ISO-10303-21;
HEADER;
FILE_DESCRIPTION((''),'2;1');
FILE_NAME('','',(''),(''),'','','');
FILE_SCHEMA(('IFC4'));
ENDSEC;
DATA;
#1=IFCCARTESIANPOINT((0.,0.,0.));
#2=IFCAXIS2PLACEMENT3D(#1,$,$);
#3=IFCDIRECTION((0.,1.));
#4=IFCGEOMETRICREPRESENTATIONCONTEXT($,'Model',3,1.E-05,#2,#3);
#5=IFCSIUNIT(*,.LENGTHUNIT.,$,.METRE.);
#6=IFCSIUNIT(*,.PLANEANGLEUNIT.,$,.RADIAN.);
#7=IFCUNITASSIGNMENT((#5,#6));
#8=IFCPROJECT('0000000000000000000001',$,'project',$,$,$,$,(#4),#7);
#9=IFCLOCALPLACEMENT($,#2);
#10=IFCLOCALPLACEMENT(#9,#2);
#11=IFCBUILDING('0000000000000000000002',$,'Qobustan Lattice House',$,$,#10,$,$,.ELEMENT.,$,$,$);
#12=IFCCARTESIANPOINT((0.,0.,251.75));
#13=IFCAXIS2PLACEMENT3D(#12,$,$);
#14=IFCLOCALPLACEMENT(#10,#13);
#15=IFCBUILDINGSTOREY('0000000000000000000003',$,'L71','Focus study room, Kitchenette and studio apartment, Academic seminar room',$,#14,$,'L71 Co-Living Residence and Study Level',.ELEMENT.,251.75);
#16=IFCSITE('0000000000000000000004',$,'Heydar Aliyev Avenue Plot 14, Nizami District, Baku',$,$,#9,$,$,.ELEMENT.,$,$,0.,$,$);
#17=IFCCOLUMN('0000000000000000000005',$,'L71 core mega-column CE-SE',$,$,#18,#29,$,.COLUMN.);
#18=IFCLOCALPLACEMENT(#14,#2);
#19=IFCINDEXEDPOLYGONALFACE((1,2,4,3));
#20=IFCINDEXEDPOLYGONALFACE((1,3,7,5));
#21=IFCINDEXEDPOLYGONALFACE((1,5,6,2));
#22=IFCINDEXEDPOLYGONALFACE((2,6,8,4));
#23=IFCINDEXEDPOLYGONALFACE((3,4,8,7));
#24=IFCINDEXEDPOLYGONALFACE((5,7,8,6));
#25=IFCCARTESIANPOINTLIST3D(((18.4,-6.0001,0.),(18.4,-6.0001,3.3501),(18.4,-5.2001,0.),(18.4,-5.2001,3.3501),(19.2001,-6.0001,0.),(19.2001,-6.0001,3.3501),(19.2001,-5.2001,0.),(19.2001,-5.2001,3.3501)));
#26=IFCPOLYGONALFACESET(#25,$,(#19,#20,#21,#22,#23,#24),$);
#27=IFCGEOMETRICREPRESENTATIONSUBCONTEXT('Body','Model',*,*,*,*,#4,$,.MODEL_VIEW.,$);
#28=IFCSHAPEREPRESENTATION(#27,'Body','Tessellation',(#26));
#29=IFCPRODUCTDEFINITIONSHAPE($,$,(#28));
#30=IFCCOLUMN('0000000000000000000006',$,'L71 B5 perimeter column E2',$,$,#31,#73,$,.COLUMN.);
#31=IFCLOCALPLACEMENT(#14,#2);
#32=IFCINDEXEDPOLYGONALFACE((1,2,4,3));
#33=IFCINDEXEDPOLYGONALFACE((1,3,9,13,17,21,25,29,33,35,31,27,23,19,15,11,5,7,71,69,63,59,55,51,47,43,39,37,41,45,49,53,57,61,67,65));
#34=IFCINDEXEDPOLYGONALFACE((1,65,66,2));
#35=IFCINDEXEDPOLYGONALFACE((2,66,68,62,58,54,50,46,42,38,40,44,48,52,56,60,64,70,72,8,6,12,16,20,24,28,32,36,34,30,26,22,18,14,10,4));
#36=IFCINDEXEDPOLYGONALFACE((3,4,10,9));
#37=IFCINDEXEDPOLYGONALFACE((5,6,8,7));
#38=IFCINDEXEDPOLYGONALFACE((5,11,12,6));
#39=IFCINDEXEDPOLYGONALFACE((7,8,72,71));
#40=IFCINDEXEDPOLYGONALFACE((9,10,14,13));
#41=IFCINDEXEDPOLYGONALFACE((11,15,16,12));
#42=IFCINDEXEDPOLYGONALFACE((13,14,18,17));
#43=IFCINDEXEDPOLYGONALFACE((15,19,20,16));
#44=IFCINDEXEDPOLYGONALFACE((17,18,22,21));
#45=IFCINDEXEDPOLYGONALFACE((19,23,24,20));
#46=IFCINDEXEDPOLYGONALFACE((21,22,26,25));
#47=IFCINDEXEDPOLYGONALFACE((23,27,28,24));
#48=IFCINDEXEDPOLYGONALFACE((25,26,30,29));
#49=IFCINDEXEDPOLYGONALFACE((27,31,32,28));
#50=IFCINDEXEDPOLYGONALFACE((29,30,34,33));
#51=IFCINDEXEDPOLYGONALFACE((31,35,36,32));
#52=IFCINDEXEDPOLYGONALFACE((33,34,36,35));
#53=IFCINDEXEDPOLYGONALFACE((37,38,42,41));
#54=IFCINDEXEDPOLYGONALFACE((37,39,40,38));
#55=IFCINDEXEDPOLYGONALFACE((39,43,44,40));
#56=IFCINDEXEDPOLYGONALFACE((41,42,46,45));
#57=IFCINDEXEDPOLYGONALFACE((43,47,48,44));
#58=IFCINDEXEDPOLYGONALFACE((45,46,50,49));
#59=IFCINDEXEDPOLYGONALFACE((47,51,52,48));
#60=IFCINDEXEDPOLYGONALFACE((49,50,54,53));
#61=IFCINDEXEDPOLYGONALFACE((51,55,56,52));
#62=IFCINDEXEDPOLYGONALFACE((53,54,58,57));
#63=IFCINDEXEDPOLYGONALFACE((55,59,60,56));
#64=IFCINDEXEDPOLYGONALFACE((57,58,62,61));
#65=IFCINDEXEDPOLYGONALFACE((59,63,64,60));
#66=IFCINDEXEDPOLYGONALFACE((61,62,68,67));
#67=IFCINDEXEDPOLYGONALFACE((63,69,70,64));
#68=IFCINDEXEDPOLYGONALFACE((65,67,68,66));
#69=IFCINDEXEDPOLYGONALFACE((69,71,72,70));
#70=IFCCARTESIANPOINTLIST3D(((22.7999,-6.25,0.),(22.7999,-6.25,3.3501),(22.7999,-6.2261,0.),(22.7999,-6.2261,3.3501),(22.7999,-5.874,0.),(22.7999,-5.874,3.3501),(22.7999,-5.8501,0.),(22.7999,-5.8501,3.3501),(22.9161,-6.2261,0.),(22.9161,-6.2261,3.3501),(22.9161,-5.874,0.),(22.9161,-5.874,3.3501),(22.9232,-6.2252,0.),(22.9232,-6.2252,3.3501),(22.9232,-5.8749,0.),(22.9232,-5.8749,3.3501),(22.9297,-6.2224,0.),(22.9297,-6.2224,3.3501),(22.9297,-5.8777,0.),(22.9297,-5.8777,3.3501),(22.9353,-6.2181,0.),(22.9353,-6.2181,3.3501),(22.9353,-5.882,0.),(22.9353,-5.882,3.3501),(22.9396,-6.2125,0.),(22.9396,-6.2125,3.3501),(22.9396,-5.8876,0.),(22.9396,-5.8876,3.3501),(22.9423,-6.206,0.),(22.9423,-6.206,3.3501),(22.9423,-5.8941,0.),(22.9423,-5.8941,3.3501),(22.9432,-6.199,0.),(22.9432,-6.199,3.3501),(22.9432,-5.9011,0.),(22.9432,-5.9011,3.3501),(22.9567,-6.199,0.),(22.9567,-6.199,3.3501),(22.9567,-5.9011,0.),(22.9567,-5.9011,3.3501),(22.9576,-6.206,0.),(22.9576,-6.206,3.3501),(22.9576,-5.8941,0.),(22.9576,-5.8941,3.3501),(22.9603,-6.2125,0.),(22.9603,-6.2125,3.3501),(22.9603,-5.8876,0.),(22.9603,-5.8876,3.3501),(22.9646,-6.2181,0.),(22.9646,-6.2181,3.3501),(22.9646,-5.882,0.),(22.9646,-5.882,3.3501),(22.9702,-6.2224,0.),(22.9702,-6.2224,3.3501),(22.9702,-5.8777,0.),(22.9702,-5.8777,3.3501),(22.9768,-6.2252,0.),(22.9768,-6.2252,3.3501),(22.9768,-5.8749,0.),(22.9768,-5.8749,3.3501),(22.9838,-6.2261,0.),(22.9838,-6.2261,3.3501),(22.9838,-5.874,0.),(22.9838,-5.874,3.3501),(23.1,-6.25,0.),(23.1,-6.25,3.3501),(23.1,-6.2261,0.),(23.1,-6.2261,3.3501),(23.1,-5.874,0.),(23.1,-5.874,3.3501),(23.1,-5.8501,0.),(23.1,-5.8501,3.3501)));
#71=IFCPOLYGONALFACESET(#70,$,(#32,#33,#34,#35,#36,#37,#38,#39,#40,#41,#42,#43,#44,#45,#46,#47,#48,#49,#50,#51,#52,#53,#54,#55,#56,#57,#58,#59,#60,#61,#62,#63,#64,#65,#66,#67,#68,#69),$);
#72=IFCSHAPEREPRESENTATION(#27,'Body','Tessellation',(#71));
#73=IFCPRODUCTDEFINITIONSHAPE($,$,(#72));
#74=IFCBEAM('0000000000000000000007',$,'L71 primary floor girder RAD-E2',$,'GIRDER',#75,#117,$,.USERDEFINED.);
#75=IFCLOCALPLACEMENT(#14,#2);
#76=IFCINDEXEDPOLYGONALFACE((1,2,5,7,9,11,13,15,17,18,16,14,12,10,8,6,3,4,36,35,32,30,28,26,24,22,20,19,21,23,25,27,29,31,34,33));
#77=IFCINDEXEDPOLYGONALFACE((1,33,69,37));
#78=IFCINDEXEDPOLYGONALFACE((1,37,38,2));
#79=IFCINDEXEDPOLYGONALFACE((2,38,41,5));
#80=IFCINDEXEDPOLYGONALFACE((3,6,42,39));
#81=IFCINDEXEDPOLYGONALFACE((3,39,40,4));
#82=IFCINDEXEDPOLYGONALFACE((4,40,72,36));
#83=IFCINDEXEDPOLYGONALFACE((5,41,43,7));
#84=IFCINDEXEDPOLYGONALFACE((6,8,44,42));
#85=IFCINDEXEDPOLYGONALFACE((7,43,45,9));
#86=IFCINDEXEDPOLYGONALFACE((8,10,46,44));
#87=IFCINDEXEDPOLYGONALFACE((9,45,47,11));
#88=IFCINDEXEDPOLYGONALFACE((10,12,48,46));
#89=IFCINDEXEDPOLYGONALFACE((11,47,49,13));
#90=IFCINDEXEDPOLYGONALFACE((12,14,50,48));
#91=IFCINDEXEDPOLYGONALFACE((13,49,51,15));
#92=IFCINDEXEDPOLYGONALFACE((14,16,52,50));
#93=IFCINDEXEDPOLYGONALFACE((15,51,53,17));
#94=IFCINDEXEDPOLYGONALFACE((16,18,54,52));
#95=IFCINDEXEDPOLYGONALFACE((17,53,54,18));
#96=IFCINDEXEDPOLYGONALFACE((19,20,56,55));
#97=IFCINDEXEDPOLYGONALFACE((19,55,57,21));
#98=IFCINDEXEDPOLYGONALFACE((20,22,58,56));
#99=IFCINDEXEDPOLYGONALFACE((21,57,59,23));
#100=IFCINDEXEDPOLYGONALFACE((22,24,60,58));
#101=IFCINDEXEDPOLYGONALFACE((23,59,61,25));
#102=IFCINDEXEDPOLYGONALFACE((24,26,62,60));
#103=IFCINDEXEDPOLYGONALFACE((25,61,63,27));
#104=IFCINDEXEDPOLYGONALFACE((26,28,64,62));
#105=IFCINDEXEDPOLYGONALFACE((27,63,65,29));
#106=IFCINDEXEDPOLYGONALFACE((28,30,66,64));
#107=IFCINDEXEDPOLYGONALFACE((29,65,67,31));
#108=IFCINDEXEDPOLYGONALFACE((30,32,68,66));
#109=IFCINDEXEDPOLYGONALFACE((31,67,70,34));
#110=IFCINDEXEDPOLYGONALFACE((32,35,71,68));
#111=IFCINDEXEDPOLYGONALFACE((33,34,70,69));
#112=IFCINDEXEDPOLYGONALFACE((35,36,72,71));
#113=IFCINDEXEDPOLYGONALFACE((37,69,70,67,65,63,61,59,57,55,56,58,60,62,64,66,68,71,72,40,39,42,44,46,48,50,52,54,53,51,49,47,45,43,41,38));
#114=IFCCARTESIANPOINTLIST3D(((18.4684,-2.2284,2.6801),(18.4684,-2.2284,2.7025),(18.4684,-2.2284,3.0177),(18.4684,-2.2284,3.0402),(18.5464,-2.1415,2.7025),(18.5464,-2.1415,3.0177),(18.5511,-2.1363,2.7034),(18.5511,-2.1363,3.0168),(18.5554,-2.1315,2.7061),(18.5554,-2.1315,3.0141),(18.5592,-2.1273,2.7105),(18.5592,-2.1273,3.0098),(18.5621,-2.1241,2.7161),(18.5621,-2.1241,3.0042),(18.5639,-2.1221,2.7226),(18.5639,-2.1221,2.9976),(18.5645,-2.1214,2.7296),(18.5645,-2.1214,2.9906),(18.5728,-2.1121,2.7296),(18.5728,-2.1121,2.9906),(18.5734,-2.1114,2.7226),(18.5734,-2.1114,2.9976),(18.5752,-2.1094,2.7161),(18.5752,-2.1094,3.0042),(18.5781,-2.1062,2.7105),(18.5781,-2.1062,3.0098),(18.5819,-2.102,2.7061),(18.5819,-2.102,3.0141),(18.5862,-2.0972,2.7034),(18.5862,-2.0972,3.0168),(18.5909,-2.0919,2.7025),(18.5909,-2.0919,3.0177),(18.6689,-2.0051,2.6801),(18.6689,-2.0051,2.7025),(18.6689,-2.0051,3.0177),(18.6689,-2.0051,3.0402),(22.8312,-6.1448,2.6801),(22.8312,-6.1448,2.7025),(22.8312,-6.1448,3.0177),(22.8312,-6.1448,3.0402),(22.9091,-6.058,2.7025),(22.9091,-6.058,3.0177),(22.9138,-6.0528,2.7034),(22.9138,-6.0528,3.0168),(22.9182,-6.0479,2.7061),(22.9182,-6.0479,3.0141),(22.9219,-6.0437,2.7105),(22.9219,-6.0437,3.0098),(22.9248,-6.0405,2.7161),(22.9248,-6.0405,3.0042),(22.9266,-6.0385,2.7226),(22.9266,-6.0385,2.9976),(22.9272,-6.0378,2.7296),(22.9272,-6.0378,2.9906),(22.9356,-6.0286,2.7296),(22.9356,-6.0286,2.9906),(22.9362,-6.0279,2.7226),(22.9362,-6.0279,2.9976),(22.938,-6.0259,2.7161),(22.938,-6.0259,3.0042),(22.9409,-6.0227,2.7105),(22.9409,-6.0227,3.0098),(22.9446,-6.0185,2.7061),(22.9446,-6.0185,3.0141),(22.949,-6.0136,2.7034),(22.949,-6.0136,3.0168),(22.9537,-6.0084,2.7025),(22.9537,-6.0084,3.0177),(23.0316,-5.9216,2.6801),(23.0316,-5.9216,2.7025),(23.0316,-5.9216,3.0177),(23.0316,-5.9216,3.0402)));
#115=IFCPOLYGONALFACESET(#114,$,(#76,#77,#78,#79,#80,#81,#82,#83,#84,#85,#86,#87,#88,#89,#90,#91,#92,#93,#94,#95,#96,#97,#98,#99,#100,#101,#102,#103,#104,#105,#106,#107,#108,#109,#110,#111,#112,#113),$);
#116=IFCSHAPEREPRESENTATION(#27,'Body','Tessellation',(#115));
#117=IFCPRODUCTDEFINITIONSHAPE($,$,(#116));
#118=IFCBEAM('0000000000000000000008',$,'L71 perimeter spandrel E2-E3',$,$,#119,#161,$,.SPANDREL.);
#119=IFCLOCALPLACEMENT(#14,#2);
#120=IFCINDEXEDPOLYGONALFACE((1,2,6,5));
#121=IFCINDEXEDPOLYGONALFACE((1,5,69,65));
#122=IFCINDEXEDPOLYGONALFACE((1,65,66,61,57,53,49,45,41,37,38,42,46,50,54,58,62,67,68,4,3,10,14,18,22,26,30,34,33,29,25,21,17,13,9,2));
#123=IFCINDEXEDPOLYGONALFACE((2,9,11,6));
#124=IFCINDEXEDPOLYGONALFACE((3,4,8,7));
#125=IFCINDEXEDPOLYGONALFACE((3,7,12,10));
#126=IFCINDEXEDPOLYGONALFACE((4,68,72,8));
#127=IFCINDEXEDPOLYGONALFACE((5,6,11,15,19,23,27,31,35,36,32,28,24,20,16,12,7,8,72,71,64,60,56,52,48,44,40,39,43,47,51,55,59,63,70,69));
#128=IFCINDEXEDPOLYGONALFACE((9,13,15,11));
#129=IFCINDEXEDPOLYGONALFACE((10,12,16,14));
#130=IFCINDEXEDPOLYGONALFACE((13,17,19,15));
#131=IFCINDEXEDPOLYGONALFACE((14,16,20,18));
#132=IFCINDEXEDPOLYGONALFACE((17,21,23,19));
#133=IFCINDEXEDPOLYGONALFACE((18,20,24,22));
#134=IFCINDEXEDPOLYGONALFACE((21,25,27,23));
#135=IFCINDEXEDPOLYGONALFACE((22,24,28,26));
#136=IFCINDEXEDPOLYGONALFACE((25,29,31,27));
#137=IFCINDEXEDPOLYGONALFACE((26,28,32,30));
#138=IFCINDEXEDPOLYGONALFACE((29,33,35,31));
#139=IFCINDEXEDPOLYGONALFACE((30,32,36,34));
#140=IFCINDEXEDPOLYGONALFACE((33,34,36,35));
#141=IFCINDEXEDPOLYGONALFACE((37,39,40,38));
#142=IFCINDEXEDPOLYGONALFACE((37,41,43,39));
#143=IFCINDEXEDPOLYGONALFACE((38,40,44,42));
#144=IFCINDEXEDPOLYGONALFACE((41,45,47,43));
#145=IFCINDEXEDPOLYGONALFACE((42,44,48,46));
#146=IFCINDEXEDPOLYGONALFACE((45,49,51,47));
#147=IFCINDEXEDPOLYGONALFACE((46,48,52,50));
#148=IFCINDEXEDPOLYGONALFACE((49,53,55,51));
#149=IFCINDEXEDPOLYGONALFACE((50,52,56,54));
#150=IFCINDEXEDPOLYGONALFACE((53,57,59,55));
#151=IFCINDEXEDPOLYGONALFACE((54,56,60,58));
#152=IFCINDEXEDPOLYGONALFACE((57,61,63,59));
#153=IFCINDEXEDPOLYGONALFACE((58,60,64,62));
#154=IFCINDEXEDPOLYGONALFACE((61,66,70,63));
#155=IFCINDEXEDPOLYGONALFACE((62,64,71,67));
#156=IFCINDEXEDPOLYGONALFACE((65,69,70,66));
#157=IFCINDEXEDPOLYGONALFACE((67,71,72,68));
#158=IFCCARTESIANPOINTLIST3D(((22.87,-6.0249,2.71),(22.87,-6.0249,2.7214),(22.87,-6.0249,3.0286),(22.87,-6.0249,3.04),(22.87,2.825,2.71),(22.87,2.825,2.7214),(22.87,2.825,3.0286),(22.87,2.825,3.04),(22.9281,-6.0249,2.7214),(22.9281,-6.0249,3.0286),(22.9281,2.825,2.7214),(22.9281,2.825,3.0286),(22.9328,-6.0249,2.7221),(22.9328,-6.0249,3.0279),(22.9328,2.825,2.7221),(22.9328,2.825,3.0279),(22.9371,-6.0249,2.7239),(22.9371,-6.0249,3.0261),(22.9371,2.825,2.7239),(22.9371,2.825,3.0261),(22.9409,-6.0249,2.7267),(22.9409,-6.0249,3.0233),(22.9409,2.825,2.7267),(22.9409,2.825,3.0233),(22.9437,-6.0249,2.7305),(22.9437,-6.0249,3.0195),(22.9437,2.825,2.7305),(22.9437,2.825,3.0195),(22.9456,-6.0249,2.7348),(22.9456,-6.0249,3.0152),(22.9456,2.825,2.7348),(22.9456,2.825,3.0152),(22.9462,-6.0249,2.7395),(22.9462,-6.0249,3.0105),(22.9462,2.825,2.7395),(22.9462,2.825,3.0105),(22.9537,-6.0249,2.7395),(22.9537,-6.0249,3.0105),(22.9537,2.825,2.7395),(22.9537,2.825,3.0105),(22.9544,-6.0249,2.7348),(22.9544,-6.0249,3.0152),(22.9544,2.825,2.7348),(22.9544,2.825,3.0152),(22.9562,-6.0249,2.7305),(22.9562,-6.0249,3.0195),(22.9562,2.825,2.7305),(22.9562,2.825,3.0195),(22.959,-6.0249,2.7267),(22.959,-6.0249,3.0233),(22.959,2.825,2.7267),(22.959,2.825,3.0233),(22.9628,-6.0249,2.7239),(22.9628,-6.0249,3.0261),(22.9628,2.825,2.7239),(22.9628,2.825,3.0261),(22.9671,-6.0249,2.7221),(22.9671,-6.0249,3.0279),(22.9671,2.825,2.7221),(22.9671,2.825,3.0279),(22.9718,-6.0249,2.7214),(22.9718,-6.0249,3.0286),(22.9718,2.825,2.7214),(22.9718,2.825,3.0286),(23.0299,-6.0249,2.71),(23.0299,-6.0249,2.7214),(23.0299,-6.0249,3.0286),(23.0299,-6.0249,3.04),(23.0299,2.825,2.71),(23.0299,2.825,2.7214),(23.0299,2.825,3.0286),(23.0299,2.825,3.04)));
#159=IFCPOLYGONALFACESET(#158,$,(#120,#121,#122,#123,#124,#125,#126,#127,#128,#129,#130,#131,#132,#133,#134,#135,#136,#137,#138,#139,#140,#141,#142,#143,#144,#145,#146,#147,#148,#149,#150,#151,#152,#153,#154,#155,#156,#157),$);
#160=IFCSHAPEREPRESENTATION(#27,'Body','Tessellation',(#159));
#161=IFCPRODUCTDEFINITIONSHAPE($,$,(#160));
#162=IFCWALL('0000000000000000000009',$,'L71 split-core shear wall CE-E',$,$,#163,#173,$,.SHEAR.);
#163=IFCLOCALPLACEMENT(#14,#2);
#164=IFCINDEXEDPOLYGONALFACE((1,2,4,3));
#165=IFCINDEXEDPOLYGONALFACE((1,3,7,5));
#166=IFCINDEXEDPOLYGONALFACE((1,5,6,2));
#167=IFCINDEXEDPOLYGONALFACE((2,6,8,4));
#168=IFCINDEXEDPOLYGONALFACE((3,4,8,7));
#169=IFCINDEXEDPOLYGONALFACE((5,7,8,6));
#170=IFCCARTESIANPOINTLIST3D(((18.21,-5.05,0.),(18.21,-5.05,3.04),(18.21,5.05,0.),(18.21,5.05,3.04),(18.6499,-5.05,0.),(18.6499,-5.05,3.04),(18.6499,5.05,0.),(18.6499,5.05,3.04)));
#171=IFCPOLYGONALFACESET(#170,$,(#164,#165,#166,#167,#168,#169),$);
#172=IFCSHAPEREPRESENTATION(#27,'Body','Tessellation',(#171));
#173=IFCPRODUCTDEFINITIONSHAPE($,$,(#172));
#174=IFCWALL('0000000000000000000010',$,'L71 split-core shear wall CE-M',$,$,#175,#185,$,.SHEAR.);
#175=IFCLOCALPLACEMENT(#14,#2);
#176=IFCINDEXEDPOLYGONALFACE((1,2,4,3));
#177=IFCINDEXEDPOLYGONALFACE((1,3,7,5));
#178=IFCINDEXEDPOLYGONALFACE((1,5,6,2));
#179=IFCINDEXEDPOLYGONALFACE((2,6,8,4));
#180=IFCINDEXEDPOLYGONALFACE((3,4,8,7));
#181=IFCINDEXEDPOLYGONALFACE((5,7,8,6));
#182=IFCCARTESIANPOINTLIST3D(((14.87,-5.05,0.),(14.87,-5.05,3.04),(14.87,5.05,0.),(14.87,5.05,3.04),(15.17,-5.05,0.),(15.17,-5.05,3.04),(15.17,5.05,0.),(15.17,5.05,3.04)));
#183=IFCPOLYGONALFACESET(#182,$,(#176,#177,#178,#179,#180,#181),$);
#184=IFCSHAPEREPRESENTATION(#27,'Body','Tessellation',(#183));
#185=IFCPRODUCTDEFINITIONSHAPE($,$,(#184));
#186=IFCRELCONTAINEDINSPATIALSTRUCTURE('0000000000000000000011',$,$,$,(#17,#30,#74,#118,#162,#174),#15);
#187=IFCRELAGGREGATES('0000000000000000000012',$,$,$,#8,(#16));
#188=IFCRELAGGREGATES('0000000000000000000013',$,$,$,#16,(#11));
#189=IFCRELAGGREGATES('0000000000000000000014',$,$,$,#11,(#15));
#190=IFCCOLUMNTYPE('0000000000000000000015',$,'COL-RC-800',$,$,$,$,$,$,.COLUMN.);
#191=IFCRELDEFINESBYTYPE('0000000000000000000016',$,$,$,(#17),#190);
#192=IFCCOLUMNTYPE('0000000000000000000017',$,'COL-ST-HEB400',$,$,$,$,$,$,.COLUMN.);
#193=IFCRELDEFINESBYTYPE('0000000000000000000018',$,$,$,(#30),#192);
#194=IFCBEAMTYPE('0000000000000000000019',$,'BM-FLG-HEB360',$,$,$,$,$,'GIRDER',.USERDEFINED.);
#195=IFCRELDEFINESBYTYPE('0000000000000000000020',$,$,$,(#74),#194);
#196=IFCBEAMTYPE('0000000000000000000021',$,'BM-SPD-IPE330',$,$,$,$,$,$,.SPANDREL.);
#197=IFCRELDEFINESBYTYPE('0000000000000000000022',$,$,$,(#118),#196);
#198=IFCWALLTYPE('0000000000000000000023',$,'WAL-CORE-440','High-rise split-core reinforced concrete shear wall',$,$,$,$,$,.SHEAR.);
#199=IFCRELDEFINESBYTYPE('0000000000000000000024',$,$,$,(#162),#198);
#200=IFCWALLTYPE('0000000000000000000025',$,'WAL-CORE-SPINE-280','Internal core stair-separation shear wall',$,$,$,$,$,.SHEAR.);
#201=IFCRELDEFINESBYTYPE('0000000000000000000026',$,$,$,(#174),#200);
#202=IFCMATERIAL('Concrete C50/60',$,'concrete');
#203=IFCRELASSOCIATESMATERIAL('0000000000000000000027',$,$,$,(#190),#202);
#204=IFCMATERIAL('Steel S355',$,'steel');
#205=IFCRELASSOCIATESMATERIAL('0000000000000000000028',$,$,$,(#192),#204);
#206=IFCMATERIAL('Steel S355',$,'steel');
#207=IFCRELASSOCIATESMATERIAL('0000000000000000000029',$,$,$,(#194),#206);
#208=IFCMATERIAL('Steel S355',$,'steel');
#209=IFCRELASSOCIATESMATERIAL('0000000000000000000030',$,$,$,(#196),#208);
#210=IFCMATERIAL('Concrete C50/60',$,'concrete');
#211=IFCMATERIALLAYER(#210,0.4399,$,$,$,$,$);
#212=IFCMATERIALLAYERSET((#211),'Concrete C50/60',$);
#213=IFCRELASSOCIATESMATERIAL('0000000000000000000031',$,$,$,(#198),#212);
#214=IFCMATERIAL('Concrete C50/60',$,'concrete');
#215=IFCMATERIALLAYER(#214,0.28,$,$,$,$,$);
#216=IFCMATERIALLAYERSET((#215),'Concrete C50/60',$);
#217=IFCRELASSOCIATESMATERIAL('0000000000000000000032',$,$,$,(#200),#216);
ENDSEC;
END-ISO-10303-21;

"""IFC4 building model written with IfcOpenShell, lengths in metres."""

from ifc_helpers import new_model, si_unit, direction, frame, frame_2d, origin, origin_2d, place, context, subcontext, project, spatial, rectangle, i_section, extrude, material, layer, layer_set, material_profile, profile_set, type_object, element, save


model = new_model("IFC4")

# Units and contexts
model_context = context("Model", 3, precision=1e-05, world=origin(), true_north=direction((0.0, 1.0)))
body_context = subcontext(model_context, "Body", "Model", "MODEL_VIEW")
ifc_project = project(units=[si_unit("LENGTHUNIT", "METRE"), si_unit("PLANEANGLEUNIT", "RADIAN")], contexts=[model_context])

# Site, building, storey
site_placement = place(None, origin())
site = spatial("IfcSite", under=ifc_project, at=site_placement, Name="Heydar Aliyev Avenue Plot 14, Nizami District, Baku", CompositionType="ELEMENT", RefElevation=0.0)
building_placement = place(site_placement, origin())
building = spatial("IfcBuilding", under=site, at=building_placement, Name="Qobustan Lattice House", CompositionType="ELEMENT")
storey_placement = place(building_placement, frame((0.0, 0.0, 251.75)))
storey = spatial("IfcBuildingStorey", under=building, at=storey_placement, Name="L71", Description="Focus study room, Kitchenette and studio apartment, Academic seminar room", LongName="L71 Co-Living Residence and Study Level", CompositionType="ELEMENT", Elevation=251.75)

# Columns
ifc_material_1 = material(Name="Concrete C50/60", Category="concrete")
ifc_material_profile_1 = material_profile(ifc_material_1, rectangle(XDim=0.8, YDim=0.8, at=origin_2d()), Name="RC800x800")
ifc_profile_set_1 = profile_set([ifc_material_profile_1], Name="Concrete C50/60")
column_type_1 = type_object("IfcColumnType", Name="COL-RC-800", PredefinedType="COLUMN", material=ifc_profile_set_1)
column_1_placement = place(storey_placement, frame((18.8, -5.6001, 0.0), z_axis=(0.0, 0.0, 1.0), x_axis=(1.0, 0.0, 0.0)))
element("IfcColumn", 1, at=column_1_placement, inside=storey, type_object=column_type_1, Name="L71 core mega-column CE-SE", PredefinedType="COLUMN", context=body_context, shape_type="SweptSolid", body=[
    extrude(rectangle(XDim=0.8, YDim=0.8, at=origin_2d()), origin(), (0.0, 0.0, 1.0), 3.3501),
])
ifc_material_2 = material(Name="Steel S355", Category="steel")
ifc_material_profile_2 = material_profile(ifc_material_2, i_section(OverallWidth=0.3, OverallDepth=0.3999, WebThickness=0.0134, FlangeThickness=0.0239, FilletRadius=0.0271, at=origin_2d()), Name="HEB400")
ifc_profile_set_2 = profile_set([ifc_material_profile_2], Name="Steel S355")
column_type_2 = type_object("IfcColumnType", Name="COL-ST-HEB400", PredefinedType="COLUMN", material=ifc_profile_set_2)
column_2_placement = place(storey_placement, frame((22.95, -6.05, 0.0), z_axis=(0.0, 0.0, 1.0), x_axis=(1.0, 0.0, 0.0)))
element("IfcColumn", 2, at=column_2_placement, inside=storey, type_object=column_type_2, Name="L71 B5 perimeter column E2", PredefinedType="COLUMN", context=body_context, shape_type="SweptSolid", body=[
    extrude(i_section(OverallWidth=0.3, OverallDepth=0.3999, WebThickness=0.0134, FlangeThickness=0.0239, FilletRadius=0.0271, at=origin_2d()), origin(), (0.0, 0.0, 1.0), 3.3501),
])

# Beams
ifc_material_3 = material(Name="Steel S355", Category="steel")
ifc_material_profile_3 = material_profile(ifc_material_3, i_section(OverallWidth=0.3, OverallDepth=0.3601, WebThickness=0.0125, FlangeThickness=0.0225, FilletRadius=0.0271, at=origin_2d()), Name="HEB360")
ifc_profile_set_3 = profile_set([ifc_material_profile_3], Name="Steel S355")
beam_type_1 = type_object("IfcBeamType", Name="BM-FLG-HEB360", ElementType="GIRDER", PredefinedType="USERDEFINED", material=ifc_profile_set_3)
beam_1_placement = place(storey_placement, frame((22.9314, -6.0332, 2.8601), z_axis=(-0.744142, 0.668021, 0.0), x_axis=(-0.668021, -0.744142, 0.0)))
element("IfcBeam", 3, at=beam_1_placement, inside=storey, type_object=beam_type_1, Name="L71 primary floor girder RAD-E2", ObjectType="GIRDER", PredefinedType="USERDEFINED", context=body_context, shape_type="SweptSolid", body=[
    extrude(i_section(OverallWidth=0.3, OverallDepth=0.3601, WebThickness=0.0125, FlangeThickness=0.0225, FilletRadius=0.0271, at=origin_2d()), origin(), (0.0, 0.0, 1.0), 5.8628),
])
ifc_material_4 = material(Name="Steel S355", Category="steel")
ifc_material_profile_4 = material_profile(ifc_material_4, i_section(OverallWidth=0.1599, OverallDepth=0.3301, WebThickness=0.0076, FlangeThickness=0.0115, FilletRadius=0.0181, at=origin_2d()), Name="IPE330")
ifc_profile_set_4 = profile_set([ifc_material_profile_4], Name="Steel S355")
beam_type_2 = type_object("IfcBeamType", Name="BM-SPD-IPE330", PredefinedType="SPANDREL", material=ifc_profile_set_4)
beam_2_placement = place(storey_placement, frame((22.95, -6.0249, 2.875), z_axis=(0.0, 1.0, 0.0), x_axis=(-1.0, 0.0, 0.0)))
element("IfcBeam", 4, at=beam_2_placement, inside=storey, type_object=beam_type_2, Name="L71 perimeter spandrel E2-E3", PredefinedType="SPANDREL", context=body_context, shape_type="SweptSolid", body=[
    extrude(i_section(OverallWidth=0.1599, OverallDepth=0.3301, WebThickness=0.0076, FlangeThickness=0.0115, FilletRadius=0.0181, at=origin_2d()), origin(), (0.0, 0.0, 1.0), 8.8499),
])

# Walls
ifc_material_5 = material(Name="Concrete C50/60", Category="concrete")
ifc_layer_1 = layer(ifc_material_5, 0.4399)
ifc_layer_set_1 = layer_set([ifc_layer_1], Name="Concrete C50/60")
wall_type_1 = type_object("IfcWallType", Name="WAL-CORE-440", Description="High-rise split-core reinforced concrete shear wall", PredefinedType="SHEAR", material=ifc_layer_set_1)
wall_1_placement = place(storey_placement, frame((18.4299, -5.05, 0.0), z_axis=(0.0, 0.0, 1.0), x_axis=(0.0, 1.0, 0.0)))
element("IfcWall", 5, at=wall_1_placement, inside=storey, type_object=wall_type_1, Name="L71 split-core shear wall CE-E", PredefinedType="SHEAR", context=body_context, shape_type="SweptSolid", body=[
    extrude(rectangle(XDim=10.1001, YDim=0.4399, at=frame_2d((5.05, 0.0))), origin(), (0.0, 0.0, 1.0), 3.04),
])
ifc_material_6 = material(Name="Concrete C50/60", Category="concrete")
ifc_layer_2 = layer(ifc_material_6, 0.28)
ifc_layer_set_2 = layer_set([ifc_layer_2], Name="Concrete C50/60")
wall_type_2 = type_object("IfcWallType", Name="WAL-CORE-SPINE-280", Description="Internal core stair-separation shear wall", PredefinedType="SHEAR", material=ifc_layer_set_2)
wall_2_placement = place(storey_placement, frame((15.02, -5.05, 0.0), z_axis=(0.0, 0.0, 1.0), x_axis=(0.0, 1.0, 0.0)))
element("IfcWall", 6, at=wall_2_placement, inside=storey, type_object=wall_type_2, Name="L71 split-core shear wall CE-M", PredefinedType="SHEAR", context=body_context, shape_type="SweptSolid", body=[
    extrude(rectangle(XDim=10.1001, YDim=0.3, at=frame_2d((5.05, 0.0))), origin(), (0.0, 0.0, 1.0), 3.04),
])

save(model, "model.ifc")
